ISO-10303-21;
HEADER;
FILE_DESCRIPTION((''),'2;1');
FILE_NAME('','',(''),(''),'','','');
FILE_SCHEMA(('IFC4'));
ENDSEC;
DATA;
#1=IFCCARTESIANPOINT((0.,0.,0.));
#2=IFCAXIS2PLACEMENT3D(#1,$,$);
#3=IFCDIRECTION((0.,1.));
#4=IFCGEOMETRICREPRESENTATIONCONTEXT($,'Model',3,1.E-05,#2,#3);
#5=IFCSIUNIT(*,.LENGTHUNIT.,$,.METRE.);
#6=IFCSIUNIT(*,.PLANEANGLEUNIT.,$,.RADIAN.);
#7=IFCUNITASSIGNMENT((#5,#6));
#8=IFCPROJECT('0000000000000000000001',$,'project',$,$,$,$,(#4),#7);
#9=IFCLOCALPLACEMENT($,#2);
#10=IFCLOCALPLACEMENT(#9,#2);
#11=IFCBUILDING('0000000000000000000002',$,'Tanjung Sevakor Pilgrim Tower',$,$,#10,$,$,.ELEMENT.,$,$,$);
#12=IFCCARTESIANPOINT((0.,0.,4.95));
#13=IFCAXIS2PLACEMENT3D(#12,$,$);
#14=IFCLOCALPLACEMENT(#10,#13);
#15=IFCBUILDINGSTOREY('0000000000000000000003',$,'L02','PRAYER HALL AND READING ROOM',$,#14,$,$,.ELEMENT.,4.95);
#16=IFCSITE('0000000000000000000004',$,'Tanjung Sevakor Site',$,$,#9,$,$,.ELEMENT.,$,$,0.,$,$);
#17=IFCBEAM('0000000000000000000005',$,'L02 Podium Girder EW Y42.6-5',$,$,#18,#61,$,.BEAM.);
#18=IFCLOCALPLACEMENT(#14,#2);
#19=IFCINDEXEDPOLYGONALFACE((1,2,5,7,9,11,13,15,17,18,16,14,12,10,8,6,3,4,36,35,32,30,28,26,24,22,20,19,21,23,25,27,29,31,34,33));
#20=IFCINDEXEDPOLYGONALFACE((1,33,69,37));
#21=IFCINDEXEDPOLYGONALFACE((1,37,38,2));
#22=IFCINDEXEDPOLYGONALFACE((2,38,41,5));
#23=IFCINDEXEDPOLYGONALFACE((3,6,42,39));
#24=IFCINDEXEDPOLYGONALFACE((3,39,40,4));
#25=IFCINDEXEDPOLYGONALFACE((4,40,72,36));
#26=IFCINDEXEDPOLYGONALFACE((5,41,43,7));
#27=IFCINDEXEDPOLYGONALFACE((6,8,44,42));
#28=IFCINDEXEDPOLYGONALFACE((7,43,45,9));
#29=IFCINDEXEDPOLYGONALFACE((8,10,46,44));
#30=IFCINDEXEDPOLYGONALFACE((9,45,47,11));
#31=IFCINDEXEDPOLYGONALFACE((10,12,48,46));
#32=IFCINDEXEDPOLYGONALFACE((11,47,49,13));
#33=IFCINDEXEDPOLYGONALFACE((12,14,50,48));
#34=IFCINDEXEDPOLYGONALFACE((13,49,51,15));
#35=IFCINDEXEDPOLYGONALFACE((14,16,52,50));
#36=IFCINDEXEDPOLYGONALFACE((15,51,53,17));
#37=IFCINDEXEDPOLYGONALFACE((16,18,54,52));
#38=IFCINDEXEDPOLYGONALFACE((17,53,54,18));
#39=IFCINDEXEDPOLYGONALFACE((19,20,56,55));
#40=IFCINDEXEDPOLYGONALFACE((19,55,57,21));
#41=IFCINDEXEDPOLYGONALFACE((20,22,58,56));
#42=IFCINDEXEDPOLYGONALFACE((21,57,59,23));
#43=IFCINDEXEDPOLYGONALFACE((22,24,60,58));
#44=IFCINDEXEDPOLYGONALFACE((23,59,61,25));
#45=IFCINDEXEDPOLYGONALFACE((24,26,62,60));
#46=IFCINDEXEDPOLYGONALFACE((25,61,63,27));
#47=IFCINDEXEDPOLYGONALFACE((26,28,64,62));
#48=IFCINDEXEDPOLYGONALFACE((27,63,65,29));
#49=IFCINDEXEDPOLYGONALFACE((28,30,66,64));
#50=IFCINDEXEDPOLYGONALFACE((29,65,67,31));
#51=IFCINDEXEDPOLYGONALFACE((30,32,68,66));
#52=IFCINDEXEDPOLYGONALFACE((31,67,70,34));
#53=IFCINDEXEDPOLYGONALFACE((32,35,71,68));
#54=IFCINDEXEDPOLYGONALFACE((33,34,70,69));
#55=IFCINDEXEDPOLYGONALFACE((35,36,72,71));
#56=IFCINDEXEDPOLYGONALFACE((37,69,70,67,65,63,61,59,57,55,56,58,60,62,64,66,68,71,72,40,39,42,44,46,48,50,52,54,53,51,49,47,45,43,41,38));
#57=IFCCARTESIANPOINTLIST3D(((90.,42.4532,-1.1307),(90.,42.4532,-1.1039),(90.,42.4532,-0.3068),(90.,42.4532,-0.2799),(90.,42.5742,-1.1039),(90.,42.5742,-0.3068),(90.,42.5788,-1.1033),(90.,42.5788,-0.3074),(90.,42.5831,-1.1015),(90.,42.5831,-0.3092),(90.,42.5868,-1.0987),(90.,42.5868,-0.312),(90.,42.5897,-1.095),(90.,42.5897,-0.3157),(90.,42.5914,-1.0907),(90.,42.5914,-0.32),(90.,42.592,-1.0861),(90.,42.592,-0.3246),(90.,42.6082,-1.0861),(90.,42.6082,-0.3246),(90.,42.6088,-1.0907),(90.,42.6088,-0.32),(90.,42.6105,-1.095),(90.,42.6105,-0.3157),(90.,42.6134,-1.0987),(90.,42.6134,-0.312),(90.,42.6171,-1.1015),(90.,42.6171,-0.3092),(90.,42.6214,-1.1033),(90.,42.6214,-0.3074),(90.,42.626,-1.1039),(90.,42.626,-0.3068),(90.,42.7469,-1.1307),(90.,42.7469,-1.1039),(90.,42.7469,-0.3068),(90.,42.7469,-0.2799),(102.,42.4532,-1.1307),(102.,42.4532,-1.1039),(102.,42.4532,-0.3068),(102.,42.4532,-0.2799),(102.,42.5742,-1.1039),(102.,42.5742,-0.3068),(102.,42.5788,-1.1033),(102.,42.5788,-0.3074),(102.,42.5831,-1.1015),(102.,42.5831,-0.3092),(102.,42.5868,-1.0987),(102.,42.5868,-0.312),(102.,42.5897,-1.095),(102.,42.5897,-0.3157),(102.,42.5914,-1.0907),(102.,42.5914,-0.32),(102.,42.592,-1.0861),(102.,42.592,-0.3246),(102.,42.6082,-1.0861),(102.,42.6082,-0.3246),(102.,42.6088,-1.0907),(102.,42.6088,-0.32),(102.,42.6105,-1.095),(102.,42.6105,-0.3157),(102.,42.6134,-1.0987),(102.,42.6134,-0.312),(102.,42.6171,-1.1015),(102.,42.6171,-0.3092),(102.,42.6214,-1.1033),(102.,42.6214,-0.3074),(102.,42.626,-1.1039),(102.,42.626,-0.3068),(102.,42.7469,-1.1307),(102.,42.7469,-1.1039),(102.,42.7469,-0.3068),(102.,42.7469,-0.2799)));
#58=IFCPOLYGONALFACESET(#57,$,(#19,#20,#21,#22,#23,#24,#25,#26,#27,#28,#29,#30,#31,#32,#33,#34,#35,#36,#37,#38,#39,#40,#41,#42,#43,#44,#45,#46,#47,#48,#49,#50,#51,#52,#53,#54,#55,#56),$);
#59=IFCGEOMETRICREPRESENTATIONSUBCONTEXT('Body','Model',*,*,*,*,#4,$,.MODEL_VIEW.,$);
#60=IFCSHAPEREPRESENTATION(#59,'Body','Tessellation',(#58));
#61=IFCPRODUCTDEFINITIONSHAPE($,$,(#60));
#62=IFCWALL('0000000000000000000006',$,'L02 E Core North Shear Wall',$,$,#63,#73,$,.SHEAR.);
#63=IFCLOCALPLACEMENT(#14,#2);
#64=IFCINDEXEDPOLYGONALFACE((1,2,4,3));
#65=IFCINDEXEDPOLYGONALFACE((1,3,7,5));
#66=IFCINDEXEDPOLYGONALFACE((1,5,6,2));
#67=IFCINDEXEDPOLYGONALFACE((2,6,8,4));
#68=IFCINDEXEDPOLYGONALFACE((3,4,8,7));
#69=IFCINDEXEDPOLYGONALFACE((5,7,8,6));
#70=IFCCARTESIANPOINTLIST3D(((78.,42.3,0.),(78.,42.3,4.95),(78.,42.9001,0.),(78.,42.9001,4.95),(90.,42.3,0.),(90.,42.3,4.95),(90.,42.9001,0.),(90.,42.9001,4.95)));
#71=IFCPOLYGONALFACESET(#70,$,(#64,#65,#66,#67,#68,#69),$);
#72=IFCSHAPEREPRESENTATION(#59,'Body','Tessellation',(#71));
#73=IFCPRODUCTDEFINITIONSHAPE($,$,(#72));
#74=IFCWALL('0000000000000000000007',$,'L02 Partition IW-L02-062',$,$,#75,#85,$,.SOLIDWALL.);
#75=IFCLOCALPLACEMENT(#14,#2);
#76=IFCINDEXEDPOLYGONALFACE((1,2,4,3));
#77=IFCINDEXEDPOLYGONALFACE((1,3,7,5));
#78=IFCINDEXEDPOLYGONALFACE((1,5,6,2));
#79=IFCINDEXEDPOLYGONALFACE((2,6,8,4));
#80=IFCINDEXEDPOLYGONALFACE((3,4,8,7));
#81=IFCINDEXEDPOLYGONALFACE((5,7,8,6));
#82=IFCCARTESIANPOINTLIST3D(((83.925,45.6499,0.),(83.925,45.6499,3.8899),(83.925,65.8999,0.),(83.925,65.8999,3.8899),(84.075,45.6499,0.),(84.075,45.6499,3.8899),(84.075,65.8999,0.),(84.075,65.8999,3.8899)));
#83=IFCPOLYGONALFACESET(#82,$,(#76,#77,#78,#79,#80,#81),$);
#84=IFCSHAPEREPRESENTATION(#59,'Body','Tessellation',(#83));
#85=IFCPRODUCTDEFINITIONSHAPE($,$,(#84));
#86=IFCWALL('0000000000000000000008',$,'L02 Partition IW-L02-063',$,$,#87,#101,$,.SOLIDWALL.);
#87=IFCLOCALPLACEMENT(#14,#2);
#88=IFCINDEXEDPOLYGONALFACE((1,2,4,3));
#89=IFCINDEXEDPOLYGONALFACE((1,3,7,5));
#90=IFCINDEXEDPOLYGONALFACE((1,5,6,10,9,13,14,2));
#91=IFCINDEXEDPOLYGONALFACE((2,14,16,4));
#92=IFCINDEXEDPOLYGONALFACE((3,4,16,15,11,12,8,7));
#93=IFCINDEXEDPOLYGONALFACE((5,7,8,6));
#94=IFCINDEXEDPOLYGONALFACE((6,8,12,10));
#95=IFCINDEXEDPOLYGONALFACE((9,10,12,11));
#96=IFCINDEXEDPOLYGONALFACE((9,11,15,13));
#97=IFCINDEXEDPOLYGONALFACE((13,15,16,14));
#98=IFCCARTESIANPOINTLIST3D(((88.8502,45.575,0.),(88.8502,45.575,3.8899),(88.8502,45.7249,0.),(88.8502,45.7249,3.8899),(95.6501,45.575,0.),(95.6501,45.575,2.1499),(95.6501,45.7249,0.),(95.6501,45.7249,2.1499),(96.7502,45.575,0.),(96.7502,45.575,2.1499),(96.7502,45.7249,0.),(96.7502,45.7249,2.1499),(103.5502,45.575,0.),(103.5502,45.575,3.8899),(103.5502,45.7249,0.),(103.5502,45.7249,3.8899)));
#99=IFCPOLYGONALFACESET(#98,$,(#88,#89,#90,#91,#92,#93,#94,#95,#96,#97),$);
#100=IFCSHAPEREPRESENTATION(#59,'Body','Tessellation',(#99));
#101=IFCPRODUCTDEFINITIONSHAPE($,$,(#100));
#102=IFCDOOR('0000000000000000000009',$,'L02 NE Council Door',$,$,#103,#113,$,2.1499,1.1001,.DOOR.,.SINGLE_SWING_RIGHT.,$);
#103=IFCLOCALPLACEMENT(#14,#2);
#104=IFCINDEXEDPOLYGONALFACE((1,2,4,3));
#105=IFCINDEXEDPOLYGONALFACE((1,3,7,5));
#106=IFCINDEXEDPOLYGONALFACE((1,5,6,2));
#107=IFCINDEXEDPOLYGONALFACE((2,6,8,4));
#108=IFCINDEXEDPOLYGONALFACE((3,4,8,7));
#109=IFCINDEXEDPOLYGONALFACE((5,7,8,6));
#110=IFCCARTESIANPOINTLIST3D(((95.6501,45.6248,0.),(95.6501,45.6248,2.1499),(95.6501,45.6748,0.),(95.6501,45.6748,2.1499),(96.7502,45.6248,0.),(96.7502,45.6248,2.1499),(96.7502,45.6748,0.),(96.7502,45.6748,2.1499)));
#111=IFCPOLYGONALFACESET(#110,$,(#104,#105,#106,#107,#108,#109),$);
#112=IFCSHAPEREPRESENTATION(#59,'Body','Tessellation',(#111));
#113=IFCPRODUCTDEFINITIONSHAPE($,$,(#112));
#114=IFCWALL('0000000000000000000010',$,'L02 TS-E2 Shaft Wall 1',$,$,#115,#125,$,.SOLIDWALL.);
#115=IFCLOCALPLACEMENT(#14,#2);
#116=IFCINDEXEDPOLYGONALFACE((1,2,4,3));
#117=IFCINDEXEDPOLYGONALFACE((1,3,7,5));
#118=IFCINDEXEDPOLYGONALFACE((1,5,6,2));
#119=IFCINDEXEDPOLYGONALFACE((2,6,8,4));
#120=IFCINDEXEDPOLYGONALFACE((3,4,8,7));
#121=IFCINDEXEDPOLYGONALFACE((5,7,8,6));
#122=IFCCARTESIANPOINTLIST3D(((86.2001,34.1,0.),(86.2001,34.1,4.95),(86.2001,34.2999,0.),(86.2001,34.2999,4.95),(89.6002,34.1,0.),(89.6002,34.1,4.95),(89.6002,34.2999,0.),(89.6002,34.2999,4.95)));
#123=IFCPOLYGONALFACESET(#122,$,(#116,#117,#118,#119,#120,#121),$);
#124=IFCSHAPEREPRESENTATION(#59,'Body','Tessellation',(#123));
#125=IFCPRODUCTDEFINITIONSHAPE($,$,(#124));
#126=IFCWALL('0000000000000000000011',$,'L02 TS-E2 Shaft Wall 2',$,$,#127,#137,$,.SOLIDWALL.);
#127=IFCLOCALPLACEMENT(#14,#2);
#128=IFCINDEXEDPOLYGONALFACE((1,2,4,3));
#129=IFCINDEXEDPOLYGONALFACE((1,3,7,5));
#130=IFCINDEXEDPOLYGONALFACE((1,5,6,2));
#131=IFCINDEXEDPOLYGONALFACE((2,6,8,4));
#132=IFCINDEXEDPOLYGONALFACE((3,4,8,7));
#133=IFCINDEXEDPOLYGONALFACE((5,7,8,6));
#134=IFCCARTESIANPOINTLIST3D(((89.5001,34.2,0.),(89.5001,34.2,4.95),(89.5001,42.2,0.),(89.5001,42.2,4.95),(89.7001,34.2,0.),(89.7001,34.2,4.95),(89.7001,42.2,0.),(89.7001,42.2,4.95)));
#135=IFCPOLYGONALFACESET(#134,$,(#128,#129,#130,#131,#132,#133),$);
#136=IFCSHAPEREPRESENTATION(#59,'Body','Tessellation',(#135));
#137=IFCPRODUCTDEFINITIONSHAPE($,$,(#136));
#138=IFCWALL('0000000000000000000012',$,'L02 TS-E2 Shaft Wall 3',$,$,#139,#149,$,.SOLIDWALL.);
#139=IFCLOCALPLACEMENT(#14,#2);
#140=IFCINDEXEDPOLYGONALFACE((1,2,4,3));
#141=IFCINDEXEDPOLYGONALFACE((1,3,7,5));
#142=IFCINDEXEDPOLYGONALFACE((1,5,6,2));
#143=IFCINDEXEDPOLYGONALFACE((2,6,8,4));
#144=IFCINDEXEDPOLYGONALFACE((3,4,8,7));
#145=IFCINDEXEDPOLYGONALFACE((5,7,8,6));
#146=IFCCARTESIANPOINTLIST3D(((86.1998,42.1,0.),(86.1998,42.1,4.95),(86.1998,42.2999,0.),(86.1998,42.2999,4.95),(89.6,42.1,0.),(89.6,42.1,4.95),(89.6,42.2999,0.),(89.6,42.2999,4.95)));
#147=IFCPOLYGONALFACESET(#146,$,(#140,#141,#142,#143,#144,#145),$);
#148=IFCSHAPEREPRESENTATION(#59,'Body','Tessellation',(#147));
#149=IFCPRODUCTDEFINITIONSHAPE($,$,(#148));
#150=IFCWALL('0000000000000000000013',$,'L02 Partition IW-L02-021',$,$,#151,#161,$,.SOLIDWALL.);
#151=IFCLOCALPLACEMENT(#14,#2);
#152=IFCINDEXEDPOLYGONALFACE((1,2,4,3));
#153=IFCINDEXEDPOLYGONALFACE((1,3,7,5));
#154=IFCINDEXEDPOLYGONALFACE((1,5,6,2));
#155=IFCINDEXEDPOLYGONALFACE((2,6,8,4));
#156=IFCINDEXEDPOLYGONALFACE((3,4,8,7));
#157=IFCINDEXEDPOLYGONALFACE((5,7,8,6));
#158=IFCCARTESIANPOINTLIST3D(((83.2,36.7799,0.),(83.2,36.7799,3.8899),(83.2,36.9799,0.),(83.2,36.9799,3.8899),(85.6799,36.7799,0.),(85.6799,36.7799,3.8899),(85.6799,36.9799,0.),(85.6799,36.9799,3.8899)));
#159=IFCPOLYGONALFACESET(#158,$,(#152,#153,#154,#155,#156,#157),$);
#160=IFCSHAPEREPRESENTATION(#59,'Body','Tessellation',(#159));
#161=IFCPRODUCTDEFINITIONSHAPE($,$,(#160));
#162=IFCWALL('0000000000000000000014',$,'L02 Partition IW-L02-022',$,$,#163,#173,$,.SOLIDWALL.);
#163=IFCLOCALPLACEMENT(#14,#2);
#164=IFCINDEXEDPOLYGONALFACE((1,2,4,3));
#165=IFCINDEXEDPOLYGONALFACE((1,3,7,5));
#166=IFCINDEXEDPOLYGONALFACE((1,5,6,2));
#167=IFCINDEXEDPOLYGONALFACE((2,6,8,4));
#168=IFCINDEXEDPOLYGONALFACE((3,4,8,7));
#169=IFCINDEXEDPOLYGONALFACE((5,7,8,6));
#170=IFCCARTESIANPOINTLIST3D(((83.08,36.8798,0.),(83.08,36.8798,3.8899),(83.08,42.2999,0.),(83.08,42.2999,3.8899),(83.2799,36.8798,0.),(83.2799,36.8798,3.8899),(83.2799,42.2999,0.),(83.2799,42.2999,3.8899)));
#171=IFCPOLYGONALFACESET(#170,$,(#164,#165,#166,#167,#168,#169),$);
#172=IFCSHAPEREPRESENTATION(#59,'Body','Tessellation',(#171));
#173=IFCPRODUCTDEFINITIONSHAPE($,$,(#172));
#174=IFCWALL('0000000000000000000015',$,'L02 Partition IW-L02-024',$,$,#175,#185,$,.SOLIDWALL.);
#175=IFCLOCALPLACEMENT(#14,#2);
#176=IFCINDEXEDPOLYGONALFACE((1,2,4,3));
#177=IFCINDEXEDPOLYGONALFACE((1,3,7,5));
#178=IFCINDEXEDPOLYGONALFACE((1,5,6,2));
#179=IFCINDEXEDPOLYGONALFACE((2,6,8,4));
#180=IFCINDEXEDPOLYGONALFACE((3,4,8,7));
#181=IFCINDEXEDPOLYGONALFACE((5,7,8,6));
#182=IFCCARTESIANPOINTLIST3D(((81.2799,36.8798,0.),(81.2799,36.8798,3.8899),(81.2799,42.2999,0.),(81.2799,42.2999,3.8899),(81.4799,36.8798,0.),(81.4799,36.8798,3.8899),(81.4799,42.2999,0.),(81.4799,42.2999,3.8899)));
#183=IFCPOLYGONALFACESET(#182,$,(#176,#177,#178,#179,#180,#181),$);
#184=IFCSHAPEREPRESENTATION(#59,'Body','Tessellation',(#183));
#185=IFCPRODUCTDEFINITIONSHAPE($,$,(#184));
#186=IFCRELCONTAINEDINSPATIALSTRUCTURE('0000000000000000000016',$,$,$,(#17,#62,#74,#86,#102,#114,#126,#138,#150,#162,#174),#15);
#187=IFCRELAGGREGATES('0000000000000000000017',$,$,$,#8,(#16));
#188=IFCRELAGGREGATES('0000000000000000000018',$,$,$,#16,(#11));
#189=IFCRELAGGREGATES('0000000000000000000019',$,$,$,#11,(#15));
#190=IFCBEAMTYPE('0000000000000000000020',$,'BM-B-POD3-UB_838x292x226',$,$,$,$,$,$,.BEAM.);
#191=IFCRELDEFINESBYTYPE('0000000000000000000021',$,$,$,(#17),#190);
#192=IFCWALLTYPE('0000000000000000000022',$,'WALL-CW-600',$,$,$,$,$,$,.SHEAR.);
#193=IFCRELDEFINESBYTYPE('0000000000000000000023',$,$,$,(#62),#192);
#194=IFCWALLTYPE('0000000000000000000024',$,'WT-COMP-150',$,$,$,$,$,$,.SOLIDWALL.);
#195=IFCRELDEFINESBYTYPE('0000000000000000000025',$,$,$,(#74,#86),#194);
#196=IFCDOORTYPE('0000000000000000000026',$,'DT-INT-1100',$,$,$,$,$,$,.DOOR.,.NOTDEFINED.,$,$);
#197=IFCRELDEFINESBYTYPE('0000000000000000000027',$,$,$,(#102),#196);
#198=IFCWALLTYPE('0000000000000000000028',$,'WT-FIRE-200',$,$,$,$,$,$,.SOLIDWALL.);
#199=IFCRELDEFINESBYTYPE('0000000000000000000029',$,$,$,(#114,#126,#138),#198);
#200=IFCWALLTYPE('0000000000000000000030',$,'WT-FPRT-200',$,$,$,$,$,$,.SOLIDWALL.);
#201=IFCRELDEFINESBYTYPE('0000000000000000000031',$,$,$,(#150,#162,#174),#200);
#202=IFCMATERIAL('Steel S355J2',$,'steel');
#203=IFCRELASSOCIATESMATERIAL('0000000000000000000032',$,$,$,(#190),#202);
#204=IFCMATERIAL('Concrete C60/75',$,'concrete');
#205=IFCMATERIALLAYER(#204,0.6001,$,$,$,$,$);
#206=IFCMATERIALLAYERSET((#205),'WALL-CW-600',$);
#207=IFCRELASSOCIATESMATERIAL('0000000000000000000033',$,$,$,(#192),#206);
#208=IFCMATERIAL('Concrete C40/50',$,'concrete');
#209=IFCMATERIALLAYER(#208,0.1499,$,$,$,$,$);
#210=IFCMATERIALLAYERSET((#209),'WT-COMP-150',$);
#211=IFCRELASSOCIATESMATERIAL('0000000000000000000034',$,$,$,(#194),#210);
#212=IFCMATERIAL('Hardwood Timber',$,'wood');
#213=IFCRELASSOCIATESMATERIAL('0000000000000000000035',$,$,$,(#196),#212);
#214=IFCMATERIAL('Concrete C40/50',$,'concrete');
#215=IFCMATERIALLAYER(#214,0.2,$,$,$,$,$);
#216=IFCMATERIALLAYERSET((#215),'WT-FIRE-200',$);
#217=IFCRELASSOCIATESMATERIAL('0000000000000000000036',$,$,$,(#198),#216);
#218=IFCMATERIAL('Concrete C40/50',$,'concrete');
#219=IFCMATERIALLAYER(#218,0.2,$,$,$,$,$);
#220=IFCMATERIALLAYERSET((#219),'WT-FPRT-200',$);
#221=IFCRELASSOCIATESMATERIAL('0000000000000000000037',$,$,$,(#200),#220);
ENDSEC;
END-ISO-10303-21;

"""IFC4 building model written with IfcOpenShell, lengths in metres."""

from ifc_helpers import new_model, si_unit, direction, frame, frame_2d, origin, origin_2d, place, context, subcontext, project, spatial, rectangle, i_section, extrude, material, layer, layer_set, material_profile, profile_set, type_object, element, fill, save


model = new_model("IFC4")

# Units and contexts
model_context = context("Model", 3, precision=1e-05, world=origin(), true_north=direction((0.0, 1.0)))
body_context = subcontext(model_context, "Body", "Model", "MODEL_VIEW")
ifc_project = project(units=[si_unit("LENGTHUNIT", "METRE"), si_unit("PLANEANGLEUNIT", "RADIAN")], contexts=[model_context])

# Site, building, storey
site_placement = place(None, origin())
site = spatial("IfcSite", under=ifc_project, at=site_placement, Name="Tanjung Sevakor Site", CompositionType="ELEMENT", RefElevation=0.0)
building_placement = place(site_placement, origin())
building = spatial("IfcBuilding", under=site, at=building_placement, Name="Tanjung Sevakor Pilgrim Tower", CompositionType="ELEMENT")
storey_placement = place(building_placement, frame((0.0, 0.0, 4.95)))
storey = spatial("IfcBuildingStorey", under=building, at=storey_placement, Name="L02", Description="PRAYER HALL AND READING ROOM", CompositionType="ELEMENT", Elevation=4.95)

# Beam
ifc_material_1 = material(Name="Steel S355J2", Category="steel")
ifc_material_profile_1 = material_profile(ifc_material_1, i_section(OverallWidth=0.2937, OverallDepth=0.8508, WebThickness=0.0161, FlangeThickness=0.0269, FilletRadius=0.0178, at=origin_2d()))
ifc_profile_set_1 = profile_set([ifc_material_profile_1], Name="Steel S355J2")
beam_type_1 = type_object("IfcBeamType", Name="BM-B-POD3-UB_838x292x226", PredefinedType="BEAM", material=ifc_profile_set_1)
beam_1_placement = place(storey_placement, frame((90.0, 42.6001, -0.7053), z_axis=(1.0, 0.0, 0.0), x_axis=(0.0, 1.0, 0.0)))
element("IfcBeam", 1, at=beam_1_placement, inside=storey, type_object=beam_type_1, Name="L02 Podium Girder EW Y42.6-5", PredefinedType="BEAM", context=body_context, shape_type="SweptSolid", body=[
    extrude(i_section(OverallWidth=0.2937, OverallDepth=0.8508, WebThickness=0.0161, FlangeThickness=0.0269, FilletRadius=0.0178, at=origin_2d()), origin(), (0.0, 0.0, 1.0), 12.0),
])

# Walls
ifc_material_2 = material(Name="Concrete C60/75", Category="concrete")
ifc_layer_1 = layer(ifc_material_2, 0.6001)
ifc_layer_set_1 = layer_set([ifc_layer_1], Name="WALL-CW-600")
wall_type_1 = type_object("IfcWallType", Name="WALL-CW-600", PredefinedType="SHEAR", material=ifc_layer_set_1)
wall_1_placement = place(storey_placement, frame((90.0, 42.6001, 0.0), z_axis=(0.0, 0.0, 1.0), x_axis=(-1.0, 0.0, 0.0)))
element("IfcWall", 2, at=wall_1_placement, inside=storey, type_object=wall_type_1, Name="L02 E Core North Shear Wall", PredefinedType="SHEAR", context=body_context, shape_type="SweptSolid", body=[
    extrude(rectangle(XDim=12.0, YDim=0.6001, at=frame_2d((6.0, 0.0))), origin(), (0.0, 0.0, 1.0), 4.95),
])
ifc_material_3 = material(Name="Concrete C40/50", Category="concrete")
ifc_layer_2 = layer(ifc_material_3, 0.1499)
ifc_layer_set_2 = layer_set([ifc_layer_2], Name="WT-COMP-150")
wall_type_2 = type_object("IfcWallType", Name="WT-COMP-150", PredefinedType="SOLIDWALL", material=ifc_layer_set_2)
wall_2_placement = place(storey_placement, frame((84.0, 45.6499, 0.0), z_axis=(0.0, 0.0, 1.0), x_axis=(0.0, 1.0, 0.0)))
element("IfcWall", 3, at=wall_2_placement, inside=storey, type_object=wall_type_2, Name="L02 Partition IW-L02-062", PredefinedType="SOLIDWALL", context=body_context, shape_type="SweptSolid", body=[
    extrude(rectangle(XDim=20.25, YDim=0.1499, at=frame_2d((10.125, 0.0))), origin(), (0.0, 0.0, 1.0), 3.8899),
])

# Wall, opening, door
wall_3_placement = place(storey_placement, frame((88.8501, 45.6499, 0.0), z_axis=(0.0, 0.0, 1.0), x_axis=(1.0, 0.0, 0.0)))
wall_3 = element("IfcWall", 4, at=wall_3_placement, inside=storey, type_object=wall_type_2, Name="L02 Partition IW-L02-063", PredefinedType="SOLIDWALL", context=body_context, shape_type="SweptSolid", body=[
    extrude(rectangle(XDim=14.7, YDim=0.1499, at=frame_2d((7.3501, 0.0))), origin(), (0.0, 0.0, 1.0), 3.8899),
])
opening_placement = place(wall_3_placement, frame((6.8, 0.0, 0.0)))
opening = element("IfcOpeningElement", 5, at=opening_placement, cuts=wall_3, PredefinedType="OPENING", context=body_context, shape_type="SweptSolid", body=[
    extrude(rectangle(XDim=1.1001, YDim=2.1499, at=frame_2d((0.55, 1.075))), frame((0.0, 0.085, 0.0), z_axis=(0.0, -1.0, 0.0), x_axis=(1.0, 0.0, 0.0)), (0.0, 0.0, 1.0), 0.1699),
])
ifc_material_4 = material(Name="Hardwood Timber", Category="wood")
door_type = type_object("IfcDoorType", Name="DT-INT-1100", OperationType="NOTDEFINED", PredefinedType="DOOR", material=ifc_material_4)
door_placement = place(opening_placement, origin())
door = element("IfcDoor", 6, at=door_placement, inside=storey, type_object=door_type, Name="L02 NE Council Door", OperationType="SINGLE_SWING_RIGHT", OverallHeight=2.1499, OverallWidth=1.1001, PredefinedType="DOOR", context=body_context, shape_type="SweptSolid", body=[
    extrude(rectangle(XDim=1.1001, YDim=2.1499, at=frame_2d((0.55, 1.075))), frame((0.0, 0.0249, 0.0), z_axis=(0.0, -1.0, 0.0), x_axis=(1.0, 0.0, 0.0)), (0.0, 0.0, 1.0), 0.05),
])
fill(opening, door)

# Walls
ifc_material_5 = material(Name="Concrete C40/50", Category="concrete")
ifc_layer_3 = layer(ifc_material_5, 0.2)
ifc_layer_set_3 = layer_set([ifc_layer_3], Name="WT-FIRE-200")
wall_type_3 = type_object("IfcWallType", Name="WT-FIRE-200", PredefinedType="SOLIDWALL", material=ifc_layer_set_3)
wall_4_placement = place(storey_placement, frame((86.2, 34.2, 0.0), z_axis=(0.0, 0.0, 1.0), x_axis=(1.0, 0.0, 0.0)))
element("IfcWall", 7, at=wall_4_placement, inside=storey, type_object=wall_type_3, Name="L02 TS-E2 Shaft Wall 1", PredefinedType="SOLIDWALL", context=body_context, shape_type="SweptSolid", body=[
    extrude(rectangle(XDim=3.4001, YDim=0.2, at=frame_2d((1.7002, 0.0))), origin(), (0.0, 0.0, 1.0), 4.95),
])
wall_5_placement = place(storey_placement, frame((89.6001, 34.2, 0.0), z_axis=(0.0, 0.0, 1.0), x_axis=(0.0, 1.0, 0.0)))
element("IfcWall", 8, at=wall_5_placement, inside=storey, type_object=wall_type_3, Name="L02 TS-E2 Shaft Wall 2", PredefinedType="SOLIDWALL", context=body_context, shape_type="SweptSolid", body=[
    extrude(rectangle(XDim=8.0, YDim=0.2, at=frame_2d((4.0, 0.0))), origin(), (0.0, 0.0, 1.0), 4.95),
])
wall_6_placement = place(storey_placement, frame((89.6001, 42.2, 0.0), z_axis=(0.0, 0.0, 1.0), x_axis=(-1.0, 0.0, 0.0)))
element("IfcWall", 9, at=wall_6_placement, inside=storey, type_object=wall_type_3, Name="L02 TS-E2 Shaft Wall 3", PredefinedType="SOLIDWALL", context=body_context, shape_type="SweptSolid", body=[
    extrude(rectangle(XDim=3.4001, YDim=0.2, at=frame_2d((1.7002, 0.0))), origin(), (0.0, 0.0, 1.0), 4.95),
])
ifc_material_6 = material(Name="Concrete C40/50", Category="concrete")
ifc_layer_4 = layer(ifc_material_6, 0.2)
ifc_layer_set_4 = layer_set([ifc_layer_4], Name="WT-FPRT-200")
wall_type_4 = type_object("IfcWallType", Name="WT-FPRT-200", PredefinedType="SOLIDWALL", material=ifc_layer_set_4)
wall_7_placement = place(storey_placement, frame((83.2, 36.8799, 0.0), z_axis=(0.0, 0.0, 1.0), x_axis=(1.0, 0.0, 0.0)))
element("IfcWall", 10, at=wall_7_placement, inside=storey, type_object=wall_type_4, Name="L02 Partition IW-L02-021", PredefinedType="SOLIDWALL", context=body_context, shape_type="SweptSolid", body=[
    extrude(rectangle(XDim=2.48, YDim=0.2, at=frame_2d((1.24, 0.0))), origin(), (0.0, 0.0, 1.0), 3.8899),
])
for number, where, z_axis, x_axis, name in (
    (11, (83.1799, 36.8799, 0.0), (0.0, 0.0, 1.0), (0.0, 1.0, 0.0), "L02 Partition IW-L02-022"),
    (12, (81.3799, 36.8799, 0.0), (0.0, 0.0, 1.0), (0.0, 1.0, 0.0), "L02 Partition IW-L02-024"),
):
    element("IfcWall", number, at=place(storey_placement, frame(where, z_axis=z_axis, x_axis=x_axis)), inside=storey, type_object=wall_type_4, Name=name, PredefinedType="SOLIDWALL", context=body_context, shape_type="SweptSolid", body=[
        extrude(rectangle(XDim=5.4202, YDim=0.2, at=frame_2d((2.71, 0.0))), origin(), (0.0, 0.0, 1.0), 3.8899),
    ])

save(model, "model.ifc")
